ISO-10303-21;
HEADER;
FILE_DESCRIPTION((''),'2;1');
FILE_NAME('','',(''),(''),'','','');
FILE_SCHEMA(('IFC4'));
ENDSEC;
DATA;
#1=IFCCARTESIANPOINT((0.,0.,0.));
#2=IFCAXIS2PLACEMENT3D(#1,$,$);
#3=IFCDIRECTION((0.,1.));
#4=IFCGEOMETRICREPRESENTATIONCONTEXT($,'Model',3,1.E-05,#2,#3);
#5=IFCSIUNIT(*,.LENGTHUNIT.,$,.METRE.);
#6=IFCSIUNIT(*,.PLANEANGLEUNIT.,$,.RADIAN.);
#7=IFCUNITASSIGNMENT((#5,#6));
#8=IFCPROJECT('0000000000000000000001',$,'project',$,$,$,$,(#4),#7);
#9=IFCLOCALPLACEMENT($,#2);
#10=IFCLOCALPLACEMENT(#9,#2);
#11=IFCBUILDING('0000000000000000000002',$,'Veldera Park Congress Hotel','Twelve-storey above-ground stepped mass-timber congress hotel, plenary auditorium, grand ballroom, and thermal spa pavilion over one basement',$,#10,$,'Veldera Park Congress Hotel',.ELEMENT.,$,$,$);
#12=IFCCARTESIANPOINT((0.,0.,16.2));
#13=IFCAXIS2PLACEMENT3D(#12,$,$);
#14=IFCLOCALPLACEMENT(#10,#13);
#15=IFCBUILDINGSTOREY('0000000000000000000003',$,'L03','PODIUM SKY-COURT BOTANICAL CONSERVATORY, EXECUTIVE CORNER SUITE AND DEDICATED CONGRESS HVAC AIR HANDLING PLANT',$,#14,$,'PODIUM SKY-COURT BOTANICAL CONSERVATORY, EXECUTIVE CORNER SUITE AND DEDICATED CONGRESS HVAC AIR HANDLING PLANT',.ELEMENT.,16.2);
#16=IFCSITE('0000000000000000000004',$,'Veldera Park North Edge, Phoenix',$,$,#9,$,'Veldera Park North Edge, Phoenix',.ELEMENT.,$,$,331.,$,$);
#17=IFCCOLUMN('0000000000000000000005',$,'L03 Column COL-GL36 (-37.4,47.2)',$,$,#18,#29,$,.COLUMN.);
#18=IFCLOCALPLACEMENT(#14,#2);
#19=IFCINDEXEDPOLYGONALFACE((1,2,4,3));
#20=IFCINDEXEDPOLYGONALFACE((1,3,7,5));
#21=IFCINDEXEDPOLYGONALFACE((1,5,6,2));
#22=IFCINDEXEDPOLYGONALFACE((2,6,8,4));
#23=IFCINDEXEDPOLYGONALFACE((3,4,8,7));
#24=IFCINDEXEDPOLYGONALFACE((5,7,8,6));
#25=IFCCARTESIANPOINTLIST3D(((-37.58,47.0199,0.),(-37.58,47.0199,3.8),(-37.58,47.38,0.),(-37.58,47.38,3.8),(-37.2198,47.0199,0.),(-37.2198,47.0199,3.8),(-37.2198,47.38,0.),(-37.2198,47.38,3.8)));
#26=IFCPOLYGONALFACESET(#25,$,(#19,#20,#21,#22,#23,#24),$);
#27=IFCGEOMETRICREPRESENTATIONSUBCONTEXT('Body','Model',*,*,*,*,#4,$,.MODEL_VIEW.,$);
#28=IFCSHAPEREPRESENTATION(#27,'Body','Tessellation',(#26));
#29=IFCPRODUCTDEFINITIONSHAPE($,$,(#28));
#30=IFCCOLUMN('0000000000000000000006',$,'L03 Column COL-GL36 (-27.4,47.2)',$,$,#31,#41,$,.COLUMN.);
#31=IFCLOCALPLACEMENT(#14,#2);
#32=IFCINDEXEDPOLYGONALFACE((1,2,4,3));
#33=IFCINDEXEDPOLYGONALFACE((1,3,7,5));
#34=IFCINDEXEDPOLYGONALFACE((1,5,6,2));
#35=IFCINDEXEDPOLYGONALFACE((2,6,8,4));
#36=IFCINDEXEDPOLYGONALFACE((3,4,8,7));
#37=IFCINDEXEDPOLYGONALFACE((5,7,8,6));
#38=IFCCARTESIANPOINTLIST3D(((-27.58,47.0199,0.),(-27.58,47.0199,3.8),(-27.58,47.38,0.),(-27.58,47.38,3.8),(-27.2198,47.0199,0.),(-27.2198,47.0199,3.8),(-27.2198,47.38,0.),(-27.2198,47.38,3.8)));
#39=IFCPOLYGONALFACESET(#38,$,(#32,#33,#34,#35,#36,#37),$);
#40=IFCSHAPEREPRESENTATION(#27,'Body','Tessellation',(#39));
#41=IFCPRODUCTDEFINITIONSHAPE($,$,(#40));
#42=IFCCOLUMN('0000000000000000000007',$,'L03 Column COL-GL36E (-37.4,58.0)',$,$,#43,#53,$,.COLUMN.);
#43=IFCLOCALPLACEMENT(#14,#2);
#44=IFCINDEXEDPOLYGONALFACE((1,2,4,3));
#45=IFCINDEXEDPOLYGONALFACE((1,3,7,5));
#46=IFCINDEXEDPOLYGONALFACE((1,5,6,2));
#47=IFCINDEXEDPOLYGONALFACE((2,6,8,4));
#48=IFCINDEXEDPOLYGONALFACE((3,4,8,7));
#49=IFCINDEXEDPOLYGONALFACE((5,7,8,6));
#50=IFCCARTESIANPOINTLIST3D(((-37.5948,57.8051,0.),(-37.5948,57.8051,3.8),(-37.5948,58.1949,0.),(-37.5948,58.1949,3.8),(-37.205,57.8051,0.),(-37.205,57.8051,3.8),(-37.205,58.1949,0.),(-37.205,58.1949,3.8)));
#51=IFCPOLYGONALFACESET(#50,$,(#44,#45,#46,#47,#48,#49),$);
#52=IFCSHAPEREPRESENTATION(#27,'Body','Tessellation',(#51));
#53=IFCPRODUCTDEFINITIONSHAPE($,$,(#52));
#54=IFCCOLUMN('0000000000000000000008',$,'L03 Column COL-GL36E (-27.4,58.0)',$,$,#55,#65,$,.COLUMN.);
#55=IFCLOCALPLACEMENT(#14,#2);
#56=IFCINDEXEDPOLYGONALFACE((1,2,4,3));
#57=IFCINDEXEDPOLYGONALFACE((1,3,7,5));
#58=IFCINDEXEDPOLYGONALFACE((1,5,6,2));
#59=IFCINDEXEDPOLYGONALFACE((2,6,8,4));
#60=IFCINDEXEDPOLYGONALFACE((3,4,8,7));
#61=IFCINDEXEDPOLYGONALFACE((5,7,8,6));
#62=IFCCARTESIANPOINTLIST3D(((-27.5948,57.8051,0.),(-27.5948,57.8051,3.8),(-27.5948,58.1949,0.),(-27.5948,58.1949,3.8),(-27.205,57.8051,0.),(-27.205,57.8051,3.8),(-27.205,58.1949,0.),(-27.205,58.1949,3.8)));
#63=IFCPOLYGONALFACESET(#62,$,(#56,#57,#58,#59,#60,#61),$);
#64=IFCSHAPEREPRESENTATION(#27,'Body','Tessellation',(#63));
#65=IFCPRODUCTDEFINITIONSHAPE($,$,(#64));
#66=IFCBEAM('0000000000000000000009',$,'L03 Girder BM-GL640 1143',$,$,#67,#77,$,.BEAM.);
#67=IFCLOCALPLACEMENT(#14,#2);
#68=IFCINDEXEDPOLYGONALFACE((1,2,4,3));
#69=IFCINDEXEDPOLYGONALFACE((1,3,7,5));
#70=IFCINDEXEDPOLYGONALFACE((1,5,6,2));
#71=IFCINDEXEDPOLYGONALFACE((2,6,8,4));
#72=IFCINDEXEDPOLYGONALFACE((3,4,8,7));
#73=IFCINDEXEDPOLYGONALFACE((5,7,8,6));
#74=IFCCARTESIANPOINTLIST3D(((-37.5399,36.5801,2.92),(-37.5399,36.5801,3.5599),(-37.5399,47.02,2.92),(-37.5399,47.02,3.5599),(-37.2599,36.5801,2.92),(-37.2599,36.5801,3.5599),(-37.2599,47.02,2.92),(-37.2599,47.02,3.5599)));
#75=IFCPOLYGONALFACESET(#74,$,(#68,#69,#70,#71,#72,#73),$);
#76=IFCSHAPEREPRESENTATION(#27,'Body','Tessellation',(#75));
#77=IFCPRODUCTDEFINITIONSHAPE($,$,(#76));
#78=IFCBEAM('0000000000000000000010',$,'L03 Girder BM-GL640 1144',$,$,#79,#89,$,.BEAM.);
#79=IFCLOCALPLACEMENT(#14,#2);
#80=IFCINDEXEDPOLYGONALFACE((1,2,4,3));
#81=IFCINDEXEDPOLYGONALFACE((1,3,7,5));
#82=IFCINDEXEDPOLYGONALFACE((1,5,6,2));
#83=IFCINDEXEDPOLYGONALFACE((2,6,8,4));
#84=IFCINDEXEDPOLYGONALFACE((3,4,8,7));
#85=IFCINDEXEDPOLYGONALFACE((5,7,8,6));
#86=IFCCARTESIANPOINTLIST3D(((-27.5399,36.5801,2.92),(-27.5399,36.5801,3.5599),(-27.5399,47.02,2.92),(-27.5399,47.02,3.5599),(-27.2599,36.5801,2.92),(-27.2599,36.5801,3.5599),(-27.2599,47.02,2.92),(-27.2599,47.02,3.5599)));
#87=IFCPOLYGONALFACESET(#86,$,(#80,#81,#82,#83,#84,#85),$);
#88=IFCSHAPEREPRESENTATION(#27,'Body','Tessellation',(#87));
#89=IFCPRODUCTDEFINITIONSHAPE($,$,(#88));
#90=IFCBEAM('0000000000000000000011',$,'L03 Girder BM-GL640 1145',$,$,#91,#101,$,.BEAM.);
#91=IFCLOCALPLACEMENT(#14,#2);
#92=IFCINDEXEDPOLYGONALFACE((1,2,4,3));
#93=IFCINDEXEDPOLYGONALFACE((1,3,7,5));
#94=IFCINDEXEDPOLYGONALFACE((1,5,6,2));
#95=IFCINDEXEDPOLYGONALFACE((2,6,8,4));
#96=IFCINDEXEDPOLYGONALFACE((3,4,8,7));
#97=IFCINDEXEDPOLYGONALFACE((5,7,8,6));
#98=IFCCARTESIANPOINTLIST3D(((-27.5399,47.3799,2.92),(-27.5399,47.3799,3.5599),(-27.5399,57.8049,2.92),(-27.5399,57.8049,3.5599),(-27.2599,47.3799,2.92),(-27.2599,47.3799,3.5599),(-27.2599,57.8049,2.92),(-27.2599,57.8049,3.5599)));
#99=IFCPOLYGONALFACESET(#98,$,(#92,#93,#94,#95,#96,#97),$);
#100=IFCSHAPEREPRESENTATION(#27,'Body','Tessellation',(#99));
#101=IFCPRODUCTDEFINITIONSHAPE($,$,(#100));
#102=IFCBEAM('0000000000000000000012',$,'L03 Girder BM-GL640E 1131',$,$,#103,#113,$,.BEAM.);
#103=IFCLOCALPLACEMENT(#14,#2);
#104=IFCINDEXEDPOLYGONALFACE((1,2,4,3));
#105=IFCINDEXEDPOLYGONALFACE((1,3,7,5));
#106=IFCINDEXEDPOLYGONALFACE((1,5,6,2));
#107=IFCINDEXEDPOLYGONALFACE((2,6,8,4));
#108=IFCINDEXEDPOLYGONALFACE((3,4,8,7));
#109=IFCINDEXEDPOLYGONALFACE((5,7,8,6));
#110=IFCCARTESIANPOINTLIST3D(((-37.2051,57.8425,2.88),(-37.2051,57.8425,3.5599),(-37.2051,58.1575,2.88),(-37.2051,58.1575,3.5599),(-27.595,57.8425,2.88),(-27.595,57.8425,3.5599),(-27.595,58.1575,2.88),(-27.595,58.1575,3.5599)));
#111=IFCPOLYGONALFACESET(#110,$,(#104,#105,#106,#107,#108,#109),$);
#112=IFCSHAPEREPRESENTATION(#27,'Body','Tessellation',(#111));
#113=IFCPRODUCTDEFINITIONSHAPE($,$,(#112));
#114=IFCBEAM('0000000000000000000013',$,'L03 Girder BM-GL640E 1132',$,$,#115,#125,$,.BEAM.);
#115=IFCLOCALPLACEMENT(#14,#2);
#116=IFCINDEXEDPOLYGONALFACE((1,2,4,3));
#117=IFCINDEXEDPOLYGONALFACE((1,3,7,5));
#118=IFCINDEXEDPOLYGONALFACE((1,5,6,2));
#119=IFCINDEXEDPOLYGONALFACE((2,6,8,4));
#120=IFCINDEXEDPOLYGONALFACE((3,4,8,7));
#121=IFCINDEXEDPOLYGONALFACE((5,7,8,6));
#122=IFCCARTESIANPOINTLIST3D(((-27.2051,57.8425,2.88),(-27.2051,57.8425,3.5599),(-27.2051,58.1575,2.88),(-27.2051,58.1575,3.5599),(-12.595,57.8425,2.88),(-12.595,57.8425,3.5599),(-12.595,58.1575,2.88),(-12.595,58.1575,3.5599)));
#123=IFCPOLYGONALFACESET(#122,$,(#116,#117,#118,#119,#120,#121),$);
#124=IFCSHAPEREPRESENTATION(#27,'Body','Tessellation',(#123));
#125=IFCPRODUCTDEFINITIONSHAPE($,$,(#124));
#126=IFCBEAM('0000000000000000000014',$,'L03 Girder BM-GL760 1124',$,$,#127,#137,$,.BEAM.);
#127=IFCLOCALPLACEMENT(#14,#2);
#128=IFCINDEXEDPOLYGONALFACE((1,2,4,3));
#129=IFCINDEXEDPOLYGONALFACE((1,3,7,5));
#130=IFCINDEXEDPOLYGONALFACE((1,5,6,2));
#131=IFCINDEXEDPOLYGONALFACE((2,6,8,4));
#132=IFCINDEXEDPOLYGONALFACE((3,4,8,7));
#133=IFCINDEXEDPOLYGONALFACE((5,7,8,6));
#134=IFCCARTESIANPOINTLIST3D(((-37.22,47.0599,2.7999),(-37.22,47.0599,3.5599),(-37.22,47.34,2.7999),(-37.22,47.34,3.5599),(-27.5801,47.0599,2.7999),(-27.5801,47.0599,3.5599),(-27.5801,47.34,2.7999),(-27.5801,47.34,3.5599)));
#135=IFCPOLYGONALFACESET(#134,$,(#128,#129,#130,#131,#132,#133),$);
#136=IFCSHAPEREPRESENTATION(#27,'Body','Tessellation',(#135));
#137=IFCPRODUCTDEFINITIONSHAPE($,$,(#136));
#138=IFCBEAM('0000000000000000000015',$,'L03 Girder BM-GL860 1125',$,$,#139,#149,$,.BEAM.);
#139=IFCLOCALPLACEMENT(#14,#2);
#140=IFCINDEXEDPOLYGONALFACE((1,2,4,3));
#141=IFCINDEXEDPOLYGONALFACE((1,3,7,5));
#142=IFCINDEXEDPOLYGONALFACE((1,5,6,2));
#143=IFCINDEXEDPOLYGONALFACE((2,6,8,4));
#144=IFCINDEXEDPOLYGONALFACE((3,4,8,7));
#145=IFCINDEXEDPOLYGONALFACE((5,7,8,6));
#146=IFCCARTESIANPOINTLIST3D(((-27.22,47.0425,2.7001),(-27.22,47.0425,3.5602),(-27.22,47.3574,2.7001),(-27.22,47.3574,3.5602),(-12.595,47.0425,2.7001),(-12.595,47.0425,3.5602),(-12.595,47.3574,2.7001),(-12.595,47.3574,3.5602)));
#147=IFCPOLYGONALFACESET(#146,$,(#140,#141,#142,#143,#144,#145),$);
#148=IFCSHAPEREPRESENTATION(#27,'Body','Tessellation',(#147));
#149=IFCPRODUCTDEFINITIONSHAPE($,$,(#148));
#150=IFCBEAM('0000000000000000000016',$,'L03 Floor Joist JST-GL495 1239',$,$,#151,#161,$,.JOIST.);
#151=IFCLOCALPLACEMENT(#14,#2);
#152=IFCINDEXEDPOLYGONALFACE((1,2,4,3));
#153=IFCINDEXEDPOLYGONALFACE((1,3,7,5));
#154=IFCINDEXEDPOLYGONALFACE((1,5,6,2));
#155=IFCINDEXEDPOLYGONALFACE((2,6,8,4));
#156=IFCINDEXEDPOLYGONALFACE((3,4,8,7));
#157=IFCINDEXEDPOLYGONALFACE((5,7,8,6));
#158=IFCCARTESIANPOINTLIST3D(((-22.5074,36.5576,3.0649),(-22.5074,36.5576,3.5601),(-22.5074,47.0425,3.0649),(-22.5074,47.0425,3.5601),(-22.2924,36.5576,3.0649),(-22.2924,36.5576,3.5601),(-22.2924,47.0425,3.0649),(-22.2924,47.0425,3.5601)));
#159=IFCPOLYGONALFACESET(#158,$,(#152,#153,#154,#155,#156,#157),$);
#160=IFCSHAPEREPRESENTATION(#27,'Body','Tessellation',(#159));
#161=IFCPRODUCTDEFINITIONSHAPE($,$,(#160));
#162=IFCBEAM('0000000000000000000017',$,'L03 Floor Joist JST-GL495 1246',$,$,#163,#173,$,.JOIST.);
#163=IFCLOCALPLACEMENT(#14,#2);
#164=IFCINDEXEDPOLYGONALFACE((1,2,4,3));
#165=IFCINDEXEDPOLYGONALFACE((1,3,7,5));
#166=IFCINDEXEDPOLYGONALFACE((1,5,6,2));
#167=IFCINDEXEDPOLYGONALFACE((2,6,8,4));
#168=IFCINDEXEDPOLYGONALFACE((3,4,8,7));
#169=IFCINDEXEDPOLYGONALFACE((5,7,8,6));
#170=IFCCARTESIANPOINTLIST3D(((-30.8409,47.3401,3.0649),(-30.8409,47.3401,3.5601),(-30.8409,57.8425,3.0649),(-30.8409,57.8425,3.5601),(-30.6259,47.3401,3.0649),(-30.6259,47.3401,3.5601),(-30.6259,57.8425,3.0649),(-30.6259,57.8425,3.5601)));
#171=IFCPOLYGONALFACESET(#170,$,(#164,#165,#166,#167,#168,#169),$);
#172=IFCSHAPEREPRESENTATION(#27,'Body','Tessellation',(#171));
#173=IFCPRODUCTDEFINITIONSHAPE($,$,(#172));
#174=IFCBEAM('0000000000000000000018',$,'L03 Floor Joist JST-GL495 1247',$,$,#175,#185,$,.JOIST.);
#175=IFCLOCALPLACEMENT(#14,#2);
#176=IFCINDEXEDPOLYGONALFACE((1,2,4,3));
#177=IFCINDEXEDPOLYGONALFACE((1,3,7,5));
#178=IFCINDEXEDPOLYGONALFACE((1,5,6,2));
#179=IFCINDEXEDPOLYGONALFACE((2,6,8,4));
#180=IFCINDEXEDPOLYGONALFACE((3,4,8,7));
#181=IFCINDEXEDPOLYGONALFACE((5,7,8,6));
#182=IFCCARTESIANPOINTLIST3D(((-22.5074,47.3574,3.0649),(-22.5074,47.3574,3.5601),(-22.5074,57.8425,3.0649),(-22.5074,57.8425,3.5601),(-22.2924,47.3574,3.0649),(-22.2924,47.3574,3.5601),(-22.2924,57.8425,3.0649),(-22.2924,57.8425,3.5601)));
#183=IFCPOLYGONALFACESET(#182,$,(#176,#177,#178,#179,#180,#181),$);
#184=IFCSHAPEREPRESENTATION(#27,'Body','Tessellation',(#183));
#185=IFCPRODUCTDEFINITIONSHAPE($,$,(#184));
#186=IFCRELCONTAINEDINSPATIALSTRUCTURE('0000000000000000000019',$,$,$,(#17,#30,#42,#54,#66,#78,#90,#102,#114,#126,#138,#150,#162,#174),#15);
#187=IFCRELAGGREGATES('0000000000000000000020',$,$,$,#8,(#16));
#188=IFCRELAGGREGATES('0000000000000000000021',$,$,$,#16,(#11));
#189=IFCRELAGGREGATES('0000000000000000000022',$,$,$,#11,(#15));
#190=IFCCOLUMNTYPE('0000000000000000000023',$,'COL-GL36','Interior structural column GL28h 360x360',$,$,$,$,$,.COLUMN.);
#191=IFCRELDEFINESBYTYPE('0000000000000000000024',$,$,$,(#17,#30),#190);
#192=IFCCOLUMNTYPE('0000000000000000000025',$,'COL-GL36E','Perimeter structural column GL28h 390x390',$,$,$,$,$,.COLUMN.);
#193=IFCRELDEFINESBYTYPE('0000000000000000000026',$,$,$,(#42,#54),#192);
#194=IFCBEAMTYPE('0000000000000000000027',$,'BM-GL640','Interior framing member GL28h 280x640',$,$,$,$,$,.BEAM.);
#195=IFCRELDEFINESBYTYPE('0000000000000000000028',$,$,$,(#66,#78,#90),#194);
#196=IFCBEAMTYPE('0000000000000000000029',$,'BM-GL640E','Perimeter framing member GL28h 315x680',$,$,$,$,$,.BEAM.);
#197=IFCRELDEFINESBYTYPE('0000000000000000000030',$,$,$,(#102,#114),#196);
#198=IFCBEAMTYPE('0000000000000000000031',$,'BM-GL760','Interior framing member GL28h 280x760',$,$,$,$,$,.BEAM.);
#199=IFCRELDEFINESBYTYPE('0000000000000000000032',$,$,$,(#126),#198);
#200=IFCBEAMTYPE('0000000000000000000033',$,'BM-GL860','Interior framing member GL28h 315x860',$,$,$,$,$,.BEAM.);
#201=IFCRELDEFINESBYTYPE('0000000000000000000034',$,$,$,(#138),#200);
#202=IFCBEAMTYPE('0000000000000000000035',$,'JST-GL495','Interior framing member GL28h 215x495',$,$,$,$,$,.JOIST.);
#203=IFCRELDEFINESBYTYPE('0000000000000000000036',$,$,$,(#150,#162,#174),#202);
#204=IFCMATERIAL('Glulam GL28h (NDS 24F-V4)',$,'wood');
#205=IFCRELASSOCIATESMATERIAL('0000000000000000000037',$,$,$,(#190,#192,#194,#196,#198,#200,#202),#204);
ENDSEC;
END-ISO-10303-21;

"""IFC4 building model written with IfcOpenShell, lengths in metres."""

from ifc_helpers import new_model, si_unit, direction, frame, origin, origin_2d, place, context, subcontext, project, spatial, rectangle, extrude, material, material_profile, profile_set, type_object, element, save


model = new_model("IFC4")

# Units and contexts
model_context = context("Model", 3, precision=1e-05, world=origin(), true_north=direction((0.0, 1.0)))
body_context = subcontext(model_context, "Body", "Model", "MODEL_VIEW")
ifc_project = project(units=[si_unit("LENGTHUNIT", "METRE"), si_unit("PLANEANGLEUNIT", "RADIAN")], contexts=[model_context])

# Site, building, storey
site_placement = place(None, origin())
site = spatial("IfcSite", under=ifc_project, at=site_placement, Name="Veldera Park North Edge, Phoenix", LongName="Veldera Park North Edge, Phoenix", CompositionType="ELEMENT", RefElevation=331.0)
building_placement = place(site_placement, origin())
building = spatial("IfcBuilding", under=site, at=building_placement, Name="Veldera Park Congress Hotel", Description="Twelve-storey above-ground stepped mass-timber congress hotel, plenary auditorium, grand ballroom, and thermal spa pavilion over one basement", LongName="Veldera Park Congress Hotel", CompositionType="ELEMENT")
storey_placement = place(building_placement, frame((0.0, 0.0, 16.2)))
storey = spatial("IfcBuildingStorey", under=building, at=storey_placement, Name="L03", Description="PODIUM SKY-COURT BOTANICAL CONSERVATORY, EXECUTIVE CORNER SUITE AND DEDICATED CONGRESS HVAC AIR HANDLING PLANT", LongName="PODIUM SKY-COURT BOTANICAL CONSERVATORY, EXECUTIVE CORNER SUITE AND DEDICATED CONGRESS HVAC AIR HANDLING PLANT", CompositionType="ELEMENT", Elevation=16.2)

# Columns
ifc_material_1 = material(Name="Glulam GL28h (NDS 24F-V4)", Category="wood")
ifc_material_profile_1 = material_profile(ifc_material_1, rectangle(XDim=0.3601, YDim=0.3601, at=origin_2d()), Name="GL28h 360x360")
ifc_profile_set_1 = profile_set([ifc_material_profile_1], Name="Glulam GL28h (NDS 24F-V4)")
column_type_1 = type_object("IfcColumnType", Name="COL-GL36", Description="Interior structural column GL28h 360x360", PredefinedType="COLUMN", material=ifc_profile_set_1)
for number, where, z_axis, x_axis, name in (
    (1, (-37.3999, 47.2, 0.0), (0.0, 0.0, 1.0), (1.0, 0.0, 0.0), "L03 Column COL-GL36 (-37.4,47.2)"),
    (2, (-27.3999, 47.2, 0.0), (0.0, 0.0, 1.0), (1.0, 0.0, 0.0), "L03 Column COL-GL36 (-27.4,47.2)"),
):
    element("IfcColumn", number, at=place(storey_placement, frame(where, z_axis=z_axis, x_axis=x_axis)), inside=storey, type_object=column_type_1, Name=name, PredefinedType="COLUMN", context=body_context, shape_type="SweptSolid", body=[
        extrude(rectangle(XDim=0.3601, YDim=0.3601, at=origin_2d()), origin(), (0.0, 0.0, 1.0), 3.8),
    ])
ifc_material_profile_2 = material_profile(ifc_material_1, rectangle(XDim=0.3899, YDim=0.3899, at=origin_2d()), Name="GL28h 390x390")
ifc_profile_set_2 = profile_set([ifc_material_profile_2], Name="Glulam GL28h (NDS 24F-V4)")
column_type_2 = type_object("IfcColumnType", Name="COL-GL36E", Description="Perimeter structural column GL28h 390x390", PredefinedType="COLUMN", material=ifc_profile_set_2)
for number, where, z_axis, x_axis, name in (
    (3, (-37.3999, 58.0, 0.0), (0.0, 0.0, 1.0), (1.0, 0.0, 0.0), "L03 Column COL-GL36E (-37.4,58.0)"),
    (4, (-27.3999, 58.0, 0.0), (0.0, 0.0, 1.0), (1.0, 0.0, 0.0), "L03 Column COL-GL36E (-27.4,58.0)"),
):
    element("IfcColumn", number, at=place(storey_placement, frame(where, z_axis=z_axis, x_axis=x_axis)), inside=storey, type_object=column_type_2, Name=name, PredefinedType="COLUMN", context=body_context, shape_type="SweptSolid", body=[
        extrude(rectangle(XDim=0.3899, YDim=0.3899, at=origin_2d()), origin(), (0.0, 0.0, 1.0), 3.8),
    ])

# Beams
ifc_material_profile_3 = material_profile(ifc_material_1, rectangle(XDim=0.28, YDim=0.6399, at=origin_2d()), Name="GL28h 280x640")
ifc_profile_set_3 = profile_set([ifc_material_profile_3], Name="Glulam GL28h (NDS 24F-V4)")
beam_type_1 = type_object("IfcBeamType", Name="BM-GL640", Description="Interior framing member GL28h 280x640", PredefinedType="BEAM", material=ifc_profile_set_3)
for number, where, z_axis, x_axis, name in (
    (5, (-37.3999, 36.5801, 3.24), (0.0, 1.0, 0.0), (-1.0, 0.0, 0.0), "L03 Girder BM-GL640 1143"),
    (6, (-27.3999, 36.5801, 3.24), (0.0, 1.0, 0.0), (-1.0, 0.0, 0.0), "L03 Girder BM-GL640 1144"),
):
    element("IfcBeam", number, at=place(storey_placement, frame(where, z_axis=z_axis, x_axis=x_axis)), inside=storey, type_object=beam_type_1, Name=name, PredefinedType="BEAM", context=body_context, shape_type="SweptSolid", body=[
        extrude(rectangle(XDim=0.28, YDim=0.6399, at=origin_2d()), origin(), (0.0, 0.0, 1.0), 10.4399),
    ])
beam_1_placement = place(storey_placement, frame((-27.3999, 47.3799, 3.24), z_axis=(0.0, 1.0, 0.0), x_axis=(-1.0, 0.0, 0.0)))
element("IfcBeam", 7, at=beam_1_placement, inside=storey, type_object=beam_type_1, Name="L03 Girder BM-GL640 1145", PredefinedType="BEAM", context=body_context, shape_type="SweptSolid", body=[
    extrude(rectangle(XDim=0.28, YDim=0.6399, at=origin_2d()), origin(), (0.0, 0.0, 1.0), 10.425),
])
ifc_material_profile_4 = material_profile(ifc_material_1, rectangle(XDim=0.3149, YDim=0.6799, at=origin_2d()), Name="GL28h 315x680")
ifc_profile_set_4 = profile_set([ifc_material_profile_4], Name="Glulam GL28h (NDS 24F-V4)")
beam_type_2 = type_object("IfcBeamType", Name="BM-GL640E", Description="Perimeter framing member GL28h 315x680", PredefinedType="BEAM", material=ifc_profile_set_4)
beam_2_placement = place(storey_placement, frame((-37.2051, 58.0, 3.22), z_axis=(1.0, 0.0, 0.0), x_axis=(0.0, 1.0, 0.0)))
element("IfcBeam", 8, at=beam_2_placement, inside=storey, type_object=beam_type_2, Name="L03 Girder BM-GL640E 1131", PredefinedType="BEAM", context=body_context, shape_type="SweptSolid", body=[
    extrude(rectangle(XDim=0.3149, YDim=0.6799, at=origin_2d()), origin(), (0.0, 0.0, 1.0), 9.6101),
])
beam_3_placement = place(storey_placement, frame((-27.2051, 58.0, 3.22), z_axis=(1.0, 0.0, 0.0), x_axis=(0.0, 1.0, 0.0)))
element("IfcBeam", 9, at=beam_3_placement, inside=storey, type_object=beam_type_2, Name="L03 Girder BM-GL640E 1132", PredefinedType="BEAM", context=body_context, shape_type="SweptSolid", body=[
    extrude(rectangle(XDim=0.3149, YDim=0.6799, at=origin_2d()), origin(), (0.0, 0.0, 1.0), 14.6101),
])
ifc_material_profile_5 = material_profile(ifc_material_1, rectangle(XDim=0.28, YDim=0.76, at=origin_2d()), Name="GL28h 280x760")
ifc_profile_set_5 = profile_set([ifc_material_profile_5], Name="Glulam GL28h (NDS 24F-V4)")
beam_type_3 = type_object("IfcBeamType", Name="BM-GL760", Description="Interior framing member GL28h 280x760", PredefinedType="BEAM", material=ifc_profile_set_5)
beam_4_placement = place(storey_placement, frame((-37.22, 47.2, 3.1799), z_axis=(1.0, 0.0, 0.0), x_axis=(0.0, 1.0, 0.0)))
element("IfcBeam", 10, at=beam_4_placement, inside=storey, type_object=beam_type_3, Name="L03 Girder BM-GL760 1124", PredefinedType="BEAM", context=body_context, shape_type="SweptSolid", body=[
    extrude(rectangle(XDim=0.28, YDim=0.76, at=origin_2d()), origin(), (0.0, 0.0, 1.0), 9.6399),
])
ifc_material_profile_6 = material_profile(ifc_material_1, rectangle(XDim=0.3149, YDim=0.8601, at=origin_2d()), Name="GL28h 315x860")
ifc_profile_set_6 = profile_set([ifc_material_profile_6], Name="Glulam GL28h (NDS 24F-V4)")
beam_type_4 = type_object("IfcBeamType", Name="BM-GL860", Description="Interior framing member GL28h 315x860", PredefinedType="BEAM", material=ifc_profile_set_6)
beam_5_placement = place(storey_placement, frame((-27.22, 47.2, 3.1301), z_axis=(1.0, 0.0, 0.0), x_axis=(0.0, 1.0, 0.0)))
element("IfcBeam", 11, at=beam_5_placement, inside=storey, type_object=beam_type_4, Name="L03 Girder BM-GL860 1125", PredefinedType="BEAM", context=body_context, shape_type="SweptSolid", body=[
    extrude(rectangle(XDim=0.3149, YDim=0.8601, at=origin_2d()), origin(), (0.0, 0.0, 1.0), 14.625),
])
ifc_material_profile_7 = material_profile(ifc_material_1, rectangle(XDim=0.2151, YDim=0.4951, at=origin_2d()), Name="GL28h 215x495")
ifc_profile_set_7 = profile_set([ifc_material_profile_7], Name="Glulam GL28h (NDS 24F-V4)")
beam_type_5 = type_object("IfcBeamType", Name="JST-GL495", Description="Interior framing member GL28h 215x495", PredefinedType="JOIST", material=ifc_profile_set_7)
beam_6_placement = place(storey_placement, frame((-22.3999, 36.5576, 3.3125), z_axis=(0.0, 1.0, 0.0), x_axis=(-1.0, 0.0, 0.0)))
element("IfcBeam", 12, at=beam_6_placement, inside=storey, type_object=beam_type_5, Name="L03 Floor Joist JST-GL495 1239", PredefinedType="JOIST", context=body_context, shape_type="SweptSolid", body=[
    extrude(rectangle(XDim=0.2151, YDim=0.4951, at=origin_2d()), origin(), (0.0, 0.0, 1.0), 10.4849),
])
beam_7_placement = place(storey_placement, frame((-30.7334, 47.3401, 3.3125), z_axis=(0.0, 1.0, 0.0), x_axis=(-1.0, 0.0, 0.0)))
element("IfcBeam", 13, at=beam_7_placement, inside=storey, type_object=beam_type_5, Name="L03 Floor Joist JST-GL495 1246", PredefinedType="JOIST", context=body_context, shape_type="SweptSolid", body=[
    extrude(rectangle(XDim=0.2151, YDim=0.4951, at=origin_2d()), origin(), (0.0, 0.0, 1.0), 10.5024),
])
beam_8_placement = place(storey_placement, frame((-22.3999, 47.3574, 3.3125), z_axis=(0.0, 1.0, 0.0), x_axis=(-1.0, 0.0, 0.0)))
element("IfcBeam", 14, at=beam_8_placement, inside=storey, type_object=beam_type_5, Name="L03 Floor Joist JST-GL495 1247", PredefinedType="JOIST", context=body_context, shape_type="SweptSolid", body=[
    extrude(rectangle(XDim=0.2151, YDim=0.4951, at=origin_2d()), origin(), (0.0, 0.0, 1.0), 10.4851),
])

save(model, "model.ifc")
